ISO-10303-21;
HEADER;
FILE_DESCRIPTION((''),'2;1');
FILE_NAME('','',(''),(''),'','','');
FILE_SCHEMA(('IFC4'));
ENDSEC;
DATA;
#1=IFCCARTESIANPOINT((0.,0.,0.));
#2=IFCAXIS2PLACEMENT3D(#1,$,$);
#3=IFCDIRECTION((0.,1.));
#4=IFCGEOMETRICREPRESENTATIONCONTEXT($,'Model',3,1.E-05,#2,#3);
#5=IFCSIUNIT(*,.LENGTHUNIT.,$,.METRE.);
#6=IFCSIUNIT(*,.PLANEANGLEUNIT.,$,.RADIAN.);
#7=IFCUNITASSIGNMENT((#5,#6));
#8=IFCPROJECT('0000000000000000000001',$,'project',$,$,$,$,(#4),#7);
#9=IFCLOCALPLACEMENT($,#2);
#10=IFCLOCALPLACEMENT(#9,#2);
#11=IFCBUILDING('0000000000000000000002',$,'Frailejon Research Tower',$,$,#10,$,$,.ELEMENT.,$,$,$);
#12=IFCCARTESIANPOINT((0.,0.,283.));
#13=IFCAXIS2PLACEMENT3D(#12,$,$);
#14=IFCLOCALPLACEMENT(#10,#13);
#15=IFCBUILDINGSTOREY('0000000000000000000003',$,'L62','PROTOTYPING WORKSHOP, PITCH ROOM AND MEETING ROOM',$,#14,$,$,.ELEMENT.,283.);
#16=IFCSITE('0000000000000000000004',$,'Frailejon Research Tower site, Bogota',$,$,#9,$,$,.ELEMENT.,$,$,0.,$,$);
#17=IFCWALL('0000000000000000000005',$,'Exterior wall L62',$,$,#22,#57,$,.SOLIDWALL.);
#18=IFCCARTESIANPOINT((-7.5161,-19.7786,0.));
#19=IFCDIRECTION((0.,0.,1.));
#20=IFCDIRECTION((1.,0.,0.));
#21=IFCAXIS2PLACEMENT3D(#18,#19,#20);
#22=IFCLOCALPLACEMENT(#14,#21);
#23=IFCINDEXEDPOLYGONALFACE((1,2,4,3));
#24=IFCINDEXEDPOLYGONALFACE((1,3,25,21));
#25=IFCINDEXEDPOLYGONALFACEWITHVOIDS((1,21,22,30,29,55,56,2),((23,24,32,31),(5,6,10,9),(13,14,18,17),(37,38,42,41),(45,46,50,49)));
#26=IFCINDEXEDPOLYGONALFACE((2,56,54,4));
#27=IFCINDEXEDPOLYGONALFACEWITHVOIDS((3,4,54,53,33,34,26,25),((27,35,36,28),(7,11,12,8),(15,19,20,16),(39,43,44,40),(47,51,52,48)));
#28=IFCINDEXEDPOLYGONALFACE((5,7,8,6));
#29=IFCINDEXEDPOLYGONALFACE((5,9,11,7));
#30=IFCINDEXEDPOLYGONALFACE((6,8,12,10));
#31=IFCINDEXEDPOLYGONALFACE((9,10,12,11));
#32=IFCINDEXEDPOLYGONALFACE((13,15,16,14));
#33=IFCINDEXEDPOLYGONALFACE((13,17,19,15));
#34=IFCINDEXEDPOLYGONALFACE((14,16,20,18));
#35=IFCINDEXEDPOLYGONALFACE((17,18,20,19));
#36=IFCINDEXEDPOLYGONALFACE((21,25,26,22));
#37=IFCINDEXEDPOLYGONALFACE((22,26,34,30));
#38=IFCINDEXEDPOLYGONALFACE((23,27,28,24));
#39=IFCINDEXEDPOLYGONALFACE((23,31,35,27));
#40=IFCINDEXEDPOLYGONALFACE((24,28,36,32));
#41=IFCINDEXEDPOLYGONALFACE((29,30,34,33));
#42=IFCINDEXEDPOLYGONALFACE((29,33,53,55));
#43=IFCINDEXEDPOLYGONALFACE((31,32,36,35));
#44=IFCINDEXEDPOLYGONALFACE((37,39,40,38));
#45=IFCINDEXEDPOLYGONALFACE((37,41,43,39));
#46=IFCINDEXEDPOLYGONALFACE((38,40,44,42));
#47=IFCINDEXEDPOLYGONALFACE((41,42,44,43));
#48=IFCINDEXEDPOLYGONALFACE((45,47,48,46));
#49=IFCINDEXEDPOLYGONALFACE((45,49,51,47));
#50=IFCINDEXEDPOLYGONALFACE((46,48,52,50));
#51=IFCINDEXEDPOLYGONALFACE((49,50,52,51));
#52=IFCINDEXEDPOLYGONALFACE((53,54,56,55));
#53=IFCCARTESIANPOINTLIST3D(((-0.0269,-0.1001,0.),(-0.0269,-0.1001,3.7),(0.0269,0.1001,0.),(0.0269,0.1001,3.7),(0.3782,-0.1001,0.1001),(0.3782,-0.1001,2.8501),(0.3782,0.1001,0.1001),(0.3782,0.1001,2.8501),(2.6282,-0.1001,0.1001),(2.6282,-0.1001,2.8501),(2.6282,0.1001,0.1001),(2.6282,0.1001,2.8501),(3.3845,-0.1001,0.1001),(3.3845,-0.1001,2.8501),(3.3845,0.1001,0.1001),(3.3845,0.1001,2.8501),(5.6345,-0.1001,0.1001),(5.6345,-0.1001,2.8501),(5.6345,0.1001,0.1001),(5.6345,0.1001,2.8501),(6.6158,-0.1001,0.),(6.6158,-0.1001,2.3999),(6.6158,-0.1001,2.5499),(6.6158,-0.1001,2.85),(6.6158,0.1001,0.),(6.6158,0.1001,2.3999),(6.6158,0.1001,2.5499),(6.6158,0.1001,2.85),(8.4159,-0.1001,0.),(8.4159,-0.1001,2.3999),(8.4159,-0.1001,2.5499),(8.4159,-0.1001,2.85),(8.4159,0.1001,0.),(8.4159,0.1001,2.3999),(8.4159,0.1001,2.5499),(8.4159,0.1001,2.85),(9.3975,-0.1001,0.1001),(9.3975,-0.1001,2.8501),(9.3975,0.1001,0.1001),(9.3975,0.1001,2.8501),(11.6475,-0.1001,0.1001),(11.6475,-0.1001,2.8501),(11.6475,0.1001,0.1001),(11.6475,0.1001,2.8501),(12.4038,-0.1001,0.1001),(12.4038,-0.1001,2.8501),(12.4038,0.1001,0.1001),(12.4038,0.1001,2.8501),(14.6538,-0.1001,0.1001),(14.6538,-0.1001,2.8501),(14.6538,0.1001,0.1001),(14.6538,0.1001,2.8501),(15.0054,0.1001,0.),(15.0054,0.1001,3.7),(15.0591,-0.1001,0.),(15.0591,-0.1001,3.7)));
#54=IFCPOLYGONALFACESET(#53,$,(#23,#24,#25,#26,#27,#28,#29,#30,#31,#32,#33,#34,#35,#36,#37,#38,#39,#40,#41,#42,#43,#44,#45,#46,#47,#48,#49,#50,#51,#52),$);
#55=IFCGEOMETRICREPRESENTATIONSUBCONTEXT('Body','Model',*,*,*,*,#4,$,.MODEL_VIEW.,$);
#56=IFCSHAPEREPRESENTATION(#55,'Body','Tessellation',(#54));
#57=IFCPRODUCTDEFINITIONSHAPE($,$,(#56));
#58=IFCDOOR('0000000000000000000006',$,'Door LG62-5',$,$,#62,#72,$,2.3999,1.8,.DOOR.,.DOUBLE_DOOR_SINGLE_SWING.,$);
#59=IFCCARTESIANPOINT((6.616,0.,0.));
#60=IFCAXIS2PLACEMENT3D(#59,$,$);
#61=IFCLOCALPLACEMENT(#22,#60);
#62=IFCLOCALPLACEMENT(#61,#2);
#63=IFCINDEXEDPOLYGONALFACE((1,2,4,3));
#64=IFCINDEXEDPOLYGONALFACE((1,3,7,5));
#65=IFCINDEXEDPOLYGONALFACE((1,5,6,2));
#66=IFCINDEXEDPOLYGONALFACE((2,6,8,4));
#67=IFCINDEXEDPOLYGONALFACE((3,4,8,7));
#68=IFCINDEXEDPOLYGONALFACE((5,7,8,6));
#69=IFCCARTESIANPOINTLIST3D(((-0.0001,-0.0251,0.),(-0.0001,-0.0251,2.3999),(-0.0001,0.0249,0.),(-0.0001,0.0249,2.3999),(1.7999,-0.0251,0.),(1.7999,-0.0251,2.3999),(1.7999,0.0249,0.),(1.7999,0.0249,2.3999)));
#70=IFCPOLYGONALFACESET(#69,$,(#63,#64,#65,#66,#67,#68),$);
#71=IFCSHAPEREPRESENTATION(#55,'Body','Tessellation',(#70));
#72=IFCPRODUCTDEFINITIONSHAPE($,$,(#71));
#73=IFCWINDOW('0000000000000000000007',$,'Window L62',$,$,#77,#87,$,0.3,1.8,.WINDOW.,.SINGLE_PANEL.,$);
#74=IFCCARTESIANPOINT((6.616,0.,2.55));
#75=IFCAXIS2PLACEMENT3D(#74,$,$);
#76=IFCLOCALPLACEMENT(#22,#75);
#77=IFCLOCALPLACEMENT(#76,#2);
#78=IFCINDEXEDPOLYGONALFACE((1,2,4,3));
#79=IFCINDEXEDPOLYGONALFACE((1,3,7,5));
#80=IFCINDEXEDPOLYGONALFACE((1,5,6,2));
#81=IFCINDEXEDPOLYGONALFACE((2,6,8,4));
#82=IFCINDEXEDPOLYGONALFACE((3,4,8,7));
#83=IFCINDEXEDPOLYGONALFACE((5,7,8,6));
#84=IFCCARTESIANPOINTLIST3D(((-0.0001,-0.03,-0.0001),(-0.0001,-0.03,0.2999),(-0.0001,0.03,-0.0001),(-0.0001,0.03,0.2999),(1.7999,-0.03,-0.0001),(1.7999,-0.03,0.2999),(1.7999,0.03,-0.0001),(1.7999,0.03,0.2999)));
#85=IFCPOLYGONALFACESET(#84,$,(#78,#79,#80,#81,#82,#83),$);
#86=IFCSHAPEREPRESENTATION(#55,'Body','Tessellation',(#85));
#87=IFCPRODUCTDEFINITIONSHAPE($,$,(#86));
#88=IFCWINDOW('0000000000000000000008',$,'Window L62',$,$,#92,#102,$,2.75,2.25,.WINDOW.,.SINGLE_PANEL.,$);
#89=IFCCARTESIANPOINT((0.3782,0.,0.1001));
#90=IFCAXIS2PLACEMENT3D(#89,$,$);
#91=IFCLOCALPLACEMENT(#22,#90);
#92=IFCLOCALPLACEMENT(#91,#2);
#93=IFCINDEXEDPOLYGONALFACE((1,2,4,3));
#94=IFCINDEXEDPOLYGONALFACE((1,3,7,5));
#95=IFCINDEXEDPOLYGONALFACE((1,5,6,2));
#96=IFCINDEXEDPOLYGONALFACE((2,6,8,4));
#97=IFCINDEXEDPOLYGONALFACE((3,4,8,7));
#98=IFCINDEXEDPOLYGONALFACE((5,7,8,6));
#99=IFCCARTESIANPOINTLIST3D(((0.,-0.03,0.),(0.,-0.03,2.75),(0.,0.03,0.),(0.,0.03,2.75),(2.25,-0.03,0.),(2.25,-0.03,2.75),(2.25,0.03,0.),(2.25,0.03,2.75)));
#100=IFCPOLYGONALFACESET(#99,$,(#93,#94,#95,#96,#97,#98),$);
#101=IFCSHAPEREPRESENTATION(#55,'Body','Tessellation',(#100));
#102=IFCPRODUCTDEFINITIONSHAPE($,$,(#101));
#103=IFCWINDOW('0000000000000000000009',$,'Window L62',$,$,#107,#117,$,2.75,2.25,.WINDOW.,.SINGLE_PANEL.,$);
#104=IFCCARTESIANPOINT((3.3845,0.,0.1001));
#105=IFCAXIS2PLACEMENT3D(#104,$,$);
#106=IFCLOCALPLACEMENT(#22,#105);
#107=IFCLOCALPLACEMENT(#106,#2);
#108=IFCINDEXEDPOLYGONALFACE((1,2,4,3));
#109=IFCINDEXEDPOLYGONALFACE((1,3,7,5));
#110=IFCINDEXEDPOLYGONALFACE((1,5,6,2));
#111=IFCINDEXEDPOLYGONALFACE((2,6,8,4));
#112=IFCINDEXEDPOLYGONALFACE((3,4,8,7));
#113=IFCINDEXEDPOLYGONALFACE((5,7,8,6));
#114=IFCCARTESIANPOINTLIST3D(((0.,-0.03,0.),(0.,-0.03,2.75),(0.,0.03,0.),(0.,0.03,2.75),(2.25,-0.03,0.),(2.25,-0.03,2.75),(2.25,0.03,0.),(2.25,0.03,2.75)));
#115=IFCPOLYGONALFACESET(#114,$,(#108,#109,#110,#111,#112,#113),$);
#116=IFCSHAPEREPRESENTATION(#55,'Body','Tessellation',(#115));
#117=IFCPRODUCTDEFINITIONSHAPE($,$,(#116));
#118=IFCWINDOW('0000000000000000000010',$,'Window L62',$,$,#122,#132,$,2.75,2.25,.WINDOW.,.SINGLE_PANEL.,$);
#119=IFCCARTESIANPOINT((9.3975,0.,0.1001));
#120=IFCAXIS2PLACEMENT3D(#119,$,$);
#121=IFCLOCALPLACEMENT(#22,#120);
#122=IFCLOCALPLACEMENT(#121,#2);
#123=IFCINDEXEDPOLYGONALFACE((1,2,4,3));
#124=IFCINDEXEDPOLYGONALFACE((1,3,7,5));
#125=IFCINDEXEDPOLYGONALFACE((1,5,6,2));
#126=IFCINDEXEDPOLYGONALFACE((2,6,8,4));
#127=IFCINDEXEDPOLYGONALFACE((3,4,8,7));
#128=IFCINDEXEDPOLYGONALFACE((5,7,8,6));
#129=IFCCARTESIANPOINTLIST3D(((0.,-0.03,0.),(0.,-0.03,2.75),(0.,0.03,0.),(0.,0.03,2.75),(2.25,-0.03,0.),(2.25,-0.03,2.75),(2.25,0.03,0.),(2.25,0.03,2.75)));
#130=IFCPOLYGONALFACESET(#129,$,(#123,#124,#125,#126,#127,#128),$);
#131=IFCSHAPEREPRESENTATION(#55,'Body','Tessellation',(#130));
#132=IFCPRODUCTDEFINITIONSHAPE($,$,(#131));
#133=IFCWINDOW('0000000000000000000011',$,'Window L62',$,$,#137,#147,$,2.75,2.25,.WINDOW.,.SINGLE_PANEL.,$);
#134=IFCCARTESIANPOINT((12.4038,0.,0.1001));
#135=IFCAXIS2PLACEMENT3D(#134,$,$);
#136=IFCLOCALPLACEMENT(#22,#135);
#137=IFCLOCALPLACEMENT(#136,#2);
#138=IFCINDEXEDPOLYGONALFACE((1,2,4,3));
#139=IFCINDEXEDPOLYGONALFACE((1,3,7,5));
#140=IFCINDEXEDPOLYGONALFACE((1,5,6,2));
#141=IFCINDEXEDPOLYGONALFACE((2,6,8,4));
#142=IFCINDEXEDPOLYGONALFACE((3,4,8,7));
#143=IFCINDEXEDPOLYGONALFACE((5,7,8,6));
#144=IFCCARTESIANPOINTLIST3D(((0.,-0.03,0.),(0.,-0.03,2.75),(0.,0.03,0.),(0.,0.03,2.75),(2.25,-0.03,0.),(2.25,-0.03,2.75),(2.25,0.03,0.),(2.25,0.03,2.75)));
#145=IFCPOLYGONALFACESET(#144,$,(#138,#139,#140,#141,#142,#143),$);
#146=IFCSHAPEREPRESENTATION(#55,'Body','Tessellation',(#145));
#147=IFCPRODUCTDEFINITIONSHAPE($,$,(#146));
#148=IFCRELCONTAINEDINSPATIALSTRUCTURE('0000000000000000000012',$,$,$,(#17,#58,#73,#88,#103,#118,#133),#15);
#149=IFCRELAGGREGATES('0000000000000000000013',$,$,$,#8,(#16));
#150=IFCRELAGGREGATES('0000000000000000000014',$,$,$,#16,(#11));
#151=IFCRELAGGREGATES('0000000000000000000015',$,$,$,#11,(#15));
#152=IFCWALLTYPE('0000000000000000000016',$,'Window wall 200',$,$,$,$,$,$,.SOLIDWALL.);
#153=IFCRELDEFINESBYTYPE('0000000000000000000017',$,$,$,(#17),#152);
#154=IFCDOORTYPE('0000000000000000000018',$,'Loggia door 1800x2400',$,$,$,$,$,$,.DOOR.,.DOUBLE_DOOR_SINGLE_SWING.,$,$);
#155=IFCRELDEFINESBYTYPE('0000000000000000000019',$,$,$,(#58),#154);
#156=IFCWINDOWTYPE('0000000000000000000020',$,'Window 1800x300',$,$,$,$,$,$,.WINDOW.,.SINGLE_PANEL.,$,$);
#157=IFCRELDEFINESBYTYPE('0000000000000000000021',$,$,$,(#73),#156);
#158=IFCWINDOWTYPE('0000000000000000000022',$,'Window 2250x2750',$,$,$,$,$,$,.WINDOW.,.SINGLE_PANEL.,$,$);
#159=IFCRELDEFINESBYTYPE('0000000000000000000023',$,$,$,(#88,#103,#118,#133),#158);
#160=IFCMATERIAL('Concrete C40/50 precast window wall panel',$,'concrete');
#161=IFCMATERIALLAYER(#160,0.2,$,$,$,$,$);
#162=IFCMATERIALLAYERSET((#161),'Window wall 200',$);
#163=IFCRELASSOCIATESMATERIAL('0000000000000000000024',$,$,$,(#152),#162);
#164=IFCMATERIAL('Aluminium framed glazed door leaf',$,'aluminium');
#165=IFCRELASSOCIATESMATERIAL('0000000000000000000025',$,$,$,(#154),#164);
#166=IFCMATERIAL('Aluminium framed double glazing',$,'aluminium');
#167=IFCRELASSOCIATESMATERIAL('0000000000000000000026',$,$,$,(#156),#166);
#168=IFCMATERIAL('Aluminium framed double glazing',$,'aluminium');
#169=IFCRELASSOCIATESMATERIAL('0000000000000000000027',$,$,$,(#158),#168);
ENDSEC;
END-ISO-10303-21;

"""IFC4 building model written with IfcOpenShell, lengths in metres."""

from ifc_helpers import new_model, si_unit, direction, frame, frame_2d, origin, place, context, subcontext, project, spatial, polyline, rectangle, outline, extrude, material, layer, layer_set, type_object, element, fill, save


model = new_model("IFC4")

# Units and contexts
model_context = context("Model", 3, precision=1e-05, world=origin(), true_north=direction((0.0, 1.0)))
body_context = subcontext(model_context, "Body", "Model", "MODEL_VIEW")
ifc_project = project(units=[si_unit("LENGTHUNIT", "METRE"), si_unit("PLANEANGLEUNIT", "RADIAN")], contexts=[model_context])

# Site, building, storey
site_placement = place(None, origin())
site = spatial("IfcSite", under=ifc_project, at=site_placement, Name="Frailejon Research Tower site, Bogota", CompositionType="ELEMENT", RefElevation=0.0)
building_placement = place(site_placement, origin())
building = spatial("IfcBuilding", under=site, at=building_placement, Name="Frailejon Research Tower", CompositionType="ELEMENT")
storey_placement = place(building_placement, frame((0.0, 0.0, 283.0)))
storey = spatial("IfcBuildingStorey", under=building, at=storey_placement, Name="L62", Description="PROTOTYPING WORKSHOP, PITCH ROOM AND MEETING ROOM", CompositionType="ELEMENT", Elevation=283.0)

# Wall, openings, door, windows
ifc_material_1 = material(Name="Concrete C40/50 precast window wall panel", Category="concrete")
ifc_layer_1 = layer(ifc_material_1, 0.2)
ifc_layer_set_1 = layer_set([ifc_layer_1], Name="Window wall 200")
wall_type_1 = type_object("IfcWallType", Name="Window wall 200", PredefinedType="SOLIDWALL", material=ifc_layer_set_1)
wall_1_placement = place(storey_placement, frame((-7.5161, -19.7786, 0.0), z_axis=(0.0, 0.0, 1.0), x_axis=(1.0, 0.0, 0.0)))
wall_1 = element("IfcWall", 1, at=wall_1_placement, inside=storey, type_object=wall_type_1, Name="Exterior wall L62", PredefinedType="SOLIDWALL", context=body_context, shape_type="SweptSolid", body=[
    extrude(outline(polyline([(-0.0269, -0.1001), (0.9788, -0.1001), (1.9846, -0.1001), (2.9902, -0.1001), (3.9961, -0.1001), (5.0017, -0.1001), (6.0076, -0.1001), (7.0132, -0.1001), (8.019, -0.1001), (9.0247, -0.1001), (10.0305, -0.1001), (11.0361, -0.1001), (12.042, -0.1001), (13.0476, -0.1001), (14.0535, -0.1001), (15.0591, -0.1001), (15.0054, 0.1001), (14.0068, 0.1001), (13.0083, 0.1001), (12.0098, 0.1001), (11.011, 0.1001), (10.0125, 0.1001), (9.0139, 0.1001), (8.0154, 0.1001), (7.0168, 0.1001), (6.0183, 0.1001), (5.0198, 0.1001), (4.0212, 0.1001), (3.0225, 0.1001), (2.0239, 0.1001), (1.0254, 0.1001), (0.0269, 0.1001), (-0.0269, -0.1001)])), origin(), (0.0, 0.0, 1.0), 3.7),
])
opening_1_placement = place(wall_1_placement, frame((0.3782, 0.0, 0.1001)))
opening_1 = element("IfcOpeningElement", 2, at=opening_1_placement, cuts=wall_1, PredefinedType="OPENING", context=body_context, shape_type="SweptSolid", body=[
    extrude(rectangle(XDim=2.25, YDim=2.75, at=frame_2d((1.125, 1.375))), frame((0.0, 0.1099, 0.0), z_axis=(0.0, -1.0, 0.0), x_axis=(1.0, 0.0, 0.0)), (0.0, 0.0, 1.0), 0.22),
])
opening_2_placement = place(wall_1_placement, frame((3.3845, 0.0, 0.1001)))
opening_2 = element("IfcOpeningElement", 3, at=opening_2_placement, cuts=wall_1, PredefinedType="OPENING", context=body_context, shape_type="SweptSolid", body=[
    extrude(rectangle(XDim=2.25, YDim=2.75, at=frame_2d((1.125, 1.375))), frame((0.0, 0.1099, 0.0), z_axis=(0.0, -1.0, 0.0), x_axis=(1.0, 0.0, 0.0)), (0.0, 0.0, 1.0), 0.22),
])
opening_3_placement = place(wall_1_placement, frame((6.616, 0.0, 0.0)))
opening_3 = element("IfcOpeningElement", 4, at=opening_3_placement, cuts=wall_1, PredefinedType="OPENING", context=body_context, shape_type="SweptSolid", body=[
    extrude(rectangle(XDim=1.8, YDim=2.3999, at=frame_2d((0.8999, 1.2))), frame((0.0, 0.1099, 0.0), z_axis=(0.0, -1.0, 0.0), x_axis=(1.0, 0.0, 0.0)), (0.0, 0.0, 1.0), 0.22),
])
opening_4_placement = place(wall_1_placement, frame((6.616, 0.0, 2.55)))
opening_4 = element("IfcOpeningElement", 5, at=opening_4_placement, cuts=wall_1, PredefinedType="OPENING", context=body_context, shape_type="SweptSolid", body=[
    extrude(rectangle(XDim=1.8, YDim=0.3, at=frame_2d((0.8999, 0.1499))), frame((0.0, 0.1099, 0.0), z_axis=(0.0, -1.0, 0.0), x_axis=(1.0, 0.0, 0.0)), (0.0, 0.0, 1.0), 0.22),
])
opening_5_placement = place(wall_1_placement, frame((9.3975, 0.0, 0.1001)))
opening_5 = element("IfcOpeningElement", 6, at=opening_5_placement, cuts=wall_1, PredefinedType="OPENING", context=body_context, shape_type="SweptSolid", body=[
    extrude(rectangle(XDim=2.25, YDim=2.75, at=frame_2d((1.125, 1.375))), frame((0.0, 0.1099, 0.0), z_axis=(0.0, -1.0, 0.0), x_axis=(1.0, 0.0, 0.0)), (0.0, 0.0, 1.0), 0.22),
])
opening_6_placement = place(wall_1_placement, frame((12.4038, 0.0, 0.1001)))
opening_6 = element("IfcOpeningElement", 7, at=opening_6_placement, cuts=wall_1, PredefinedType="OPENING", context=body_context, shape_type="SweptSolid", body=[
    extrude(rectangle(XDim=2.25, YDim=2.75, at=frame_2d((1.125, 1.375))), frame((0.0, 0.1099, 0.0), z_axis=(0.0, -1.0, 0.0), x_axis=(1.0, 0.0, 0.0)), (0.0, 0.0, 1.0), 0.22),
])
ifc_material_2 = material(Name="Aluminium framed glazed door leaf", Category="aluminium")
door_type = type_object("IfcDoorType", Name="Loggia door 1800x2400", OperationType="DOUBLE_DOOR_SINGLE_SWING", PredefinedType="DOOR", material=ifc_material_2)
door_placement = place(opening_3_placement, origin())
door = element("IfcDoor", 8, at=door_placement, inside=storey, type_object=door_type, Name="Door LG62-5", OperationType="DOUBLE_DOOR_SINGLE_SWING", OverallHeight=2.3999, OverallWidth=1.8, PredefinedType="DOOR", context=body_context, shape_type="SweptSolid", body=[
    extrude(rectangle(XDim=1.8, YDim=2.3999, at=frame_2d((0.8999, 1.2))), frame((0.0, 0.0249, 0.0), z_axis=(0.0, -1.0, 0.0), x_axis=(1.0, 0.0, 0.0)), (0.0, 0.0, 1.0), 0.05),
])
fill(opening_3, door)
ifc_material_3 = material(Name="Aluminium framed double glazing", Category="aluminium")
window_type_1 = type_object("IfcWindowType", Name="Window 1800x300", PartitioningType="SINGLE_PANEL", PredefinedType="WINDOW", material=ifc_material_3)
window_1_placement = place(opening_4_placement, origin())
window_1 = element("IfcWindow", 9, at=window_1_placement, inside=storey, type_object=window_type_1, Name="Window L62", OverallHeight=0.3, OverallWidth=1.8, PartitioningType="SINGLE_PANEL", PredefinedType="WINDOW", context=body_context, shape_type="SweptSolid", body=[
    extrude(rectangle(XDim=1.8, YDim=0.3, at=frame_2d((0.8999, 0.1499))), frame((0.0, 0.03, 0.0), z_axis=(0.0, -1.0, 0.0), x_axis=(1.0, 0.0, 0.0)), (0.0, 0.0, 1.0), 0.0601),
])
fill(opening_4, window_1)
ifc_material_4 = material(Name="Aluminium framed double glazing", Category="aluminium")
window_type_2 = type_object("IfcWindowType", Name="Window 2250x2750", PartitioningType="SINGLE_PANEL", PredefinedType="WINDOW", material=ifc_material_4)
window_2_placement = place(opening_1_placement, origin())
window_2 = element("IfcWindow", 10, at=window_2_placement, inside=storey, type_object=window_type_2, Name="Window L62", OverallHeight=2.75, OverallWidth=2.25, PartitioningType="SINGLE_PANEL", PredefinedType="WINDOW", context=body_context, shape_type="SweptSolid", body=[
    extrude(rectangle(XDim=2.25, YDim=2.75, at=frame_2d((1.125, 1.375))), frame((0.0, 0.03, 0.0), z_axis=(0.0, -1.0, 0.0), x_axis=(1.0, 0.0, 0.0)), (0.0, 0.0, 1.0), 0.0601),
])
fill(opening_1, window_2)
window_3_placement = place(opening_2_placement, origin())
window_3 = element("IfcWindow", 11, at=window_3_placement, inside=storey, type_object=window_type_2, Name="Window L62", OverallHeight=2.75, OverallWidth=2.25, PartitioningType="SINGLE_PANEL", PredefinedType="WINDOW", context=body_context, shape_type="SweptSolid", body=[
    extrude(rectangle(XDim=2.25, YDim=2.75, at=frame_2d((1.125, 1.375))), frame((0.0, 0.03, 0.0), z_axis=(0.0, -1.0, 0.0), x_axis=(1.0, 0.0, 0.0)), (0.0, 0.0, 1.0), 0.0601),
])
fill(opening_2, window_3)
window_4_placement = place(opening_5_placement, origin())
window_4 = element("IfcWindow", 12, at=window_4_placement, inside=storey, type_object=window_type_2, Name="Window L62", OverallHeight=2.75, OverallWidth=2.25, PartitioningType="SINGLE_PANEL", PredefinedType="WINDOW", context=body_context, shape_type="SweptSolid", body=[
    extrude(rectangle(XDim=2.25, YDim=2.75, at=frame_2d((1.125, 1.375))), frame((0.0, 0.03, 0.0), z_axis=(0.0, -1.0, 0.0), x_axis=(1.0, 0.0, 0.0)), (0.0, 0.0, 1.0), 0.0601),
])
fill(opening_5, window_4)
window_5_placement = place(opening_6_placement, origin())
window_5 = element("IfcWindow", 13, at=window_5_placement, inside=storey, type_object=window_type_2, Name="Window L62", OverallHeight=2.75, OverallWidth=2.25, PartitioningType="SINGLE_PANEL", PredefinedType="WINDOW", context=body_context, shape_type="SweptSolid", body=[
    extrude(rectangle(XDim=2.25, YDim=2.75, at=frame_2d((1.125, 1.375))), frame((0.0, 0.03, 0.0), z_axis=(0.0, -1.0, 0.0), x_axis=(1.0, 0.0, 0.0)), (0.0, 0.0, 1.0), 0.0601),
])
fill(opening_6, window_5)

save(model, "model.ifc")
